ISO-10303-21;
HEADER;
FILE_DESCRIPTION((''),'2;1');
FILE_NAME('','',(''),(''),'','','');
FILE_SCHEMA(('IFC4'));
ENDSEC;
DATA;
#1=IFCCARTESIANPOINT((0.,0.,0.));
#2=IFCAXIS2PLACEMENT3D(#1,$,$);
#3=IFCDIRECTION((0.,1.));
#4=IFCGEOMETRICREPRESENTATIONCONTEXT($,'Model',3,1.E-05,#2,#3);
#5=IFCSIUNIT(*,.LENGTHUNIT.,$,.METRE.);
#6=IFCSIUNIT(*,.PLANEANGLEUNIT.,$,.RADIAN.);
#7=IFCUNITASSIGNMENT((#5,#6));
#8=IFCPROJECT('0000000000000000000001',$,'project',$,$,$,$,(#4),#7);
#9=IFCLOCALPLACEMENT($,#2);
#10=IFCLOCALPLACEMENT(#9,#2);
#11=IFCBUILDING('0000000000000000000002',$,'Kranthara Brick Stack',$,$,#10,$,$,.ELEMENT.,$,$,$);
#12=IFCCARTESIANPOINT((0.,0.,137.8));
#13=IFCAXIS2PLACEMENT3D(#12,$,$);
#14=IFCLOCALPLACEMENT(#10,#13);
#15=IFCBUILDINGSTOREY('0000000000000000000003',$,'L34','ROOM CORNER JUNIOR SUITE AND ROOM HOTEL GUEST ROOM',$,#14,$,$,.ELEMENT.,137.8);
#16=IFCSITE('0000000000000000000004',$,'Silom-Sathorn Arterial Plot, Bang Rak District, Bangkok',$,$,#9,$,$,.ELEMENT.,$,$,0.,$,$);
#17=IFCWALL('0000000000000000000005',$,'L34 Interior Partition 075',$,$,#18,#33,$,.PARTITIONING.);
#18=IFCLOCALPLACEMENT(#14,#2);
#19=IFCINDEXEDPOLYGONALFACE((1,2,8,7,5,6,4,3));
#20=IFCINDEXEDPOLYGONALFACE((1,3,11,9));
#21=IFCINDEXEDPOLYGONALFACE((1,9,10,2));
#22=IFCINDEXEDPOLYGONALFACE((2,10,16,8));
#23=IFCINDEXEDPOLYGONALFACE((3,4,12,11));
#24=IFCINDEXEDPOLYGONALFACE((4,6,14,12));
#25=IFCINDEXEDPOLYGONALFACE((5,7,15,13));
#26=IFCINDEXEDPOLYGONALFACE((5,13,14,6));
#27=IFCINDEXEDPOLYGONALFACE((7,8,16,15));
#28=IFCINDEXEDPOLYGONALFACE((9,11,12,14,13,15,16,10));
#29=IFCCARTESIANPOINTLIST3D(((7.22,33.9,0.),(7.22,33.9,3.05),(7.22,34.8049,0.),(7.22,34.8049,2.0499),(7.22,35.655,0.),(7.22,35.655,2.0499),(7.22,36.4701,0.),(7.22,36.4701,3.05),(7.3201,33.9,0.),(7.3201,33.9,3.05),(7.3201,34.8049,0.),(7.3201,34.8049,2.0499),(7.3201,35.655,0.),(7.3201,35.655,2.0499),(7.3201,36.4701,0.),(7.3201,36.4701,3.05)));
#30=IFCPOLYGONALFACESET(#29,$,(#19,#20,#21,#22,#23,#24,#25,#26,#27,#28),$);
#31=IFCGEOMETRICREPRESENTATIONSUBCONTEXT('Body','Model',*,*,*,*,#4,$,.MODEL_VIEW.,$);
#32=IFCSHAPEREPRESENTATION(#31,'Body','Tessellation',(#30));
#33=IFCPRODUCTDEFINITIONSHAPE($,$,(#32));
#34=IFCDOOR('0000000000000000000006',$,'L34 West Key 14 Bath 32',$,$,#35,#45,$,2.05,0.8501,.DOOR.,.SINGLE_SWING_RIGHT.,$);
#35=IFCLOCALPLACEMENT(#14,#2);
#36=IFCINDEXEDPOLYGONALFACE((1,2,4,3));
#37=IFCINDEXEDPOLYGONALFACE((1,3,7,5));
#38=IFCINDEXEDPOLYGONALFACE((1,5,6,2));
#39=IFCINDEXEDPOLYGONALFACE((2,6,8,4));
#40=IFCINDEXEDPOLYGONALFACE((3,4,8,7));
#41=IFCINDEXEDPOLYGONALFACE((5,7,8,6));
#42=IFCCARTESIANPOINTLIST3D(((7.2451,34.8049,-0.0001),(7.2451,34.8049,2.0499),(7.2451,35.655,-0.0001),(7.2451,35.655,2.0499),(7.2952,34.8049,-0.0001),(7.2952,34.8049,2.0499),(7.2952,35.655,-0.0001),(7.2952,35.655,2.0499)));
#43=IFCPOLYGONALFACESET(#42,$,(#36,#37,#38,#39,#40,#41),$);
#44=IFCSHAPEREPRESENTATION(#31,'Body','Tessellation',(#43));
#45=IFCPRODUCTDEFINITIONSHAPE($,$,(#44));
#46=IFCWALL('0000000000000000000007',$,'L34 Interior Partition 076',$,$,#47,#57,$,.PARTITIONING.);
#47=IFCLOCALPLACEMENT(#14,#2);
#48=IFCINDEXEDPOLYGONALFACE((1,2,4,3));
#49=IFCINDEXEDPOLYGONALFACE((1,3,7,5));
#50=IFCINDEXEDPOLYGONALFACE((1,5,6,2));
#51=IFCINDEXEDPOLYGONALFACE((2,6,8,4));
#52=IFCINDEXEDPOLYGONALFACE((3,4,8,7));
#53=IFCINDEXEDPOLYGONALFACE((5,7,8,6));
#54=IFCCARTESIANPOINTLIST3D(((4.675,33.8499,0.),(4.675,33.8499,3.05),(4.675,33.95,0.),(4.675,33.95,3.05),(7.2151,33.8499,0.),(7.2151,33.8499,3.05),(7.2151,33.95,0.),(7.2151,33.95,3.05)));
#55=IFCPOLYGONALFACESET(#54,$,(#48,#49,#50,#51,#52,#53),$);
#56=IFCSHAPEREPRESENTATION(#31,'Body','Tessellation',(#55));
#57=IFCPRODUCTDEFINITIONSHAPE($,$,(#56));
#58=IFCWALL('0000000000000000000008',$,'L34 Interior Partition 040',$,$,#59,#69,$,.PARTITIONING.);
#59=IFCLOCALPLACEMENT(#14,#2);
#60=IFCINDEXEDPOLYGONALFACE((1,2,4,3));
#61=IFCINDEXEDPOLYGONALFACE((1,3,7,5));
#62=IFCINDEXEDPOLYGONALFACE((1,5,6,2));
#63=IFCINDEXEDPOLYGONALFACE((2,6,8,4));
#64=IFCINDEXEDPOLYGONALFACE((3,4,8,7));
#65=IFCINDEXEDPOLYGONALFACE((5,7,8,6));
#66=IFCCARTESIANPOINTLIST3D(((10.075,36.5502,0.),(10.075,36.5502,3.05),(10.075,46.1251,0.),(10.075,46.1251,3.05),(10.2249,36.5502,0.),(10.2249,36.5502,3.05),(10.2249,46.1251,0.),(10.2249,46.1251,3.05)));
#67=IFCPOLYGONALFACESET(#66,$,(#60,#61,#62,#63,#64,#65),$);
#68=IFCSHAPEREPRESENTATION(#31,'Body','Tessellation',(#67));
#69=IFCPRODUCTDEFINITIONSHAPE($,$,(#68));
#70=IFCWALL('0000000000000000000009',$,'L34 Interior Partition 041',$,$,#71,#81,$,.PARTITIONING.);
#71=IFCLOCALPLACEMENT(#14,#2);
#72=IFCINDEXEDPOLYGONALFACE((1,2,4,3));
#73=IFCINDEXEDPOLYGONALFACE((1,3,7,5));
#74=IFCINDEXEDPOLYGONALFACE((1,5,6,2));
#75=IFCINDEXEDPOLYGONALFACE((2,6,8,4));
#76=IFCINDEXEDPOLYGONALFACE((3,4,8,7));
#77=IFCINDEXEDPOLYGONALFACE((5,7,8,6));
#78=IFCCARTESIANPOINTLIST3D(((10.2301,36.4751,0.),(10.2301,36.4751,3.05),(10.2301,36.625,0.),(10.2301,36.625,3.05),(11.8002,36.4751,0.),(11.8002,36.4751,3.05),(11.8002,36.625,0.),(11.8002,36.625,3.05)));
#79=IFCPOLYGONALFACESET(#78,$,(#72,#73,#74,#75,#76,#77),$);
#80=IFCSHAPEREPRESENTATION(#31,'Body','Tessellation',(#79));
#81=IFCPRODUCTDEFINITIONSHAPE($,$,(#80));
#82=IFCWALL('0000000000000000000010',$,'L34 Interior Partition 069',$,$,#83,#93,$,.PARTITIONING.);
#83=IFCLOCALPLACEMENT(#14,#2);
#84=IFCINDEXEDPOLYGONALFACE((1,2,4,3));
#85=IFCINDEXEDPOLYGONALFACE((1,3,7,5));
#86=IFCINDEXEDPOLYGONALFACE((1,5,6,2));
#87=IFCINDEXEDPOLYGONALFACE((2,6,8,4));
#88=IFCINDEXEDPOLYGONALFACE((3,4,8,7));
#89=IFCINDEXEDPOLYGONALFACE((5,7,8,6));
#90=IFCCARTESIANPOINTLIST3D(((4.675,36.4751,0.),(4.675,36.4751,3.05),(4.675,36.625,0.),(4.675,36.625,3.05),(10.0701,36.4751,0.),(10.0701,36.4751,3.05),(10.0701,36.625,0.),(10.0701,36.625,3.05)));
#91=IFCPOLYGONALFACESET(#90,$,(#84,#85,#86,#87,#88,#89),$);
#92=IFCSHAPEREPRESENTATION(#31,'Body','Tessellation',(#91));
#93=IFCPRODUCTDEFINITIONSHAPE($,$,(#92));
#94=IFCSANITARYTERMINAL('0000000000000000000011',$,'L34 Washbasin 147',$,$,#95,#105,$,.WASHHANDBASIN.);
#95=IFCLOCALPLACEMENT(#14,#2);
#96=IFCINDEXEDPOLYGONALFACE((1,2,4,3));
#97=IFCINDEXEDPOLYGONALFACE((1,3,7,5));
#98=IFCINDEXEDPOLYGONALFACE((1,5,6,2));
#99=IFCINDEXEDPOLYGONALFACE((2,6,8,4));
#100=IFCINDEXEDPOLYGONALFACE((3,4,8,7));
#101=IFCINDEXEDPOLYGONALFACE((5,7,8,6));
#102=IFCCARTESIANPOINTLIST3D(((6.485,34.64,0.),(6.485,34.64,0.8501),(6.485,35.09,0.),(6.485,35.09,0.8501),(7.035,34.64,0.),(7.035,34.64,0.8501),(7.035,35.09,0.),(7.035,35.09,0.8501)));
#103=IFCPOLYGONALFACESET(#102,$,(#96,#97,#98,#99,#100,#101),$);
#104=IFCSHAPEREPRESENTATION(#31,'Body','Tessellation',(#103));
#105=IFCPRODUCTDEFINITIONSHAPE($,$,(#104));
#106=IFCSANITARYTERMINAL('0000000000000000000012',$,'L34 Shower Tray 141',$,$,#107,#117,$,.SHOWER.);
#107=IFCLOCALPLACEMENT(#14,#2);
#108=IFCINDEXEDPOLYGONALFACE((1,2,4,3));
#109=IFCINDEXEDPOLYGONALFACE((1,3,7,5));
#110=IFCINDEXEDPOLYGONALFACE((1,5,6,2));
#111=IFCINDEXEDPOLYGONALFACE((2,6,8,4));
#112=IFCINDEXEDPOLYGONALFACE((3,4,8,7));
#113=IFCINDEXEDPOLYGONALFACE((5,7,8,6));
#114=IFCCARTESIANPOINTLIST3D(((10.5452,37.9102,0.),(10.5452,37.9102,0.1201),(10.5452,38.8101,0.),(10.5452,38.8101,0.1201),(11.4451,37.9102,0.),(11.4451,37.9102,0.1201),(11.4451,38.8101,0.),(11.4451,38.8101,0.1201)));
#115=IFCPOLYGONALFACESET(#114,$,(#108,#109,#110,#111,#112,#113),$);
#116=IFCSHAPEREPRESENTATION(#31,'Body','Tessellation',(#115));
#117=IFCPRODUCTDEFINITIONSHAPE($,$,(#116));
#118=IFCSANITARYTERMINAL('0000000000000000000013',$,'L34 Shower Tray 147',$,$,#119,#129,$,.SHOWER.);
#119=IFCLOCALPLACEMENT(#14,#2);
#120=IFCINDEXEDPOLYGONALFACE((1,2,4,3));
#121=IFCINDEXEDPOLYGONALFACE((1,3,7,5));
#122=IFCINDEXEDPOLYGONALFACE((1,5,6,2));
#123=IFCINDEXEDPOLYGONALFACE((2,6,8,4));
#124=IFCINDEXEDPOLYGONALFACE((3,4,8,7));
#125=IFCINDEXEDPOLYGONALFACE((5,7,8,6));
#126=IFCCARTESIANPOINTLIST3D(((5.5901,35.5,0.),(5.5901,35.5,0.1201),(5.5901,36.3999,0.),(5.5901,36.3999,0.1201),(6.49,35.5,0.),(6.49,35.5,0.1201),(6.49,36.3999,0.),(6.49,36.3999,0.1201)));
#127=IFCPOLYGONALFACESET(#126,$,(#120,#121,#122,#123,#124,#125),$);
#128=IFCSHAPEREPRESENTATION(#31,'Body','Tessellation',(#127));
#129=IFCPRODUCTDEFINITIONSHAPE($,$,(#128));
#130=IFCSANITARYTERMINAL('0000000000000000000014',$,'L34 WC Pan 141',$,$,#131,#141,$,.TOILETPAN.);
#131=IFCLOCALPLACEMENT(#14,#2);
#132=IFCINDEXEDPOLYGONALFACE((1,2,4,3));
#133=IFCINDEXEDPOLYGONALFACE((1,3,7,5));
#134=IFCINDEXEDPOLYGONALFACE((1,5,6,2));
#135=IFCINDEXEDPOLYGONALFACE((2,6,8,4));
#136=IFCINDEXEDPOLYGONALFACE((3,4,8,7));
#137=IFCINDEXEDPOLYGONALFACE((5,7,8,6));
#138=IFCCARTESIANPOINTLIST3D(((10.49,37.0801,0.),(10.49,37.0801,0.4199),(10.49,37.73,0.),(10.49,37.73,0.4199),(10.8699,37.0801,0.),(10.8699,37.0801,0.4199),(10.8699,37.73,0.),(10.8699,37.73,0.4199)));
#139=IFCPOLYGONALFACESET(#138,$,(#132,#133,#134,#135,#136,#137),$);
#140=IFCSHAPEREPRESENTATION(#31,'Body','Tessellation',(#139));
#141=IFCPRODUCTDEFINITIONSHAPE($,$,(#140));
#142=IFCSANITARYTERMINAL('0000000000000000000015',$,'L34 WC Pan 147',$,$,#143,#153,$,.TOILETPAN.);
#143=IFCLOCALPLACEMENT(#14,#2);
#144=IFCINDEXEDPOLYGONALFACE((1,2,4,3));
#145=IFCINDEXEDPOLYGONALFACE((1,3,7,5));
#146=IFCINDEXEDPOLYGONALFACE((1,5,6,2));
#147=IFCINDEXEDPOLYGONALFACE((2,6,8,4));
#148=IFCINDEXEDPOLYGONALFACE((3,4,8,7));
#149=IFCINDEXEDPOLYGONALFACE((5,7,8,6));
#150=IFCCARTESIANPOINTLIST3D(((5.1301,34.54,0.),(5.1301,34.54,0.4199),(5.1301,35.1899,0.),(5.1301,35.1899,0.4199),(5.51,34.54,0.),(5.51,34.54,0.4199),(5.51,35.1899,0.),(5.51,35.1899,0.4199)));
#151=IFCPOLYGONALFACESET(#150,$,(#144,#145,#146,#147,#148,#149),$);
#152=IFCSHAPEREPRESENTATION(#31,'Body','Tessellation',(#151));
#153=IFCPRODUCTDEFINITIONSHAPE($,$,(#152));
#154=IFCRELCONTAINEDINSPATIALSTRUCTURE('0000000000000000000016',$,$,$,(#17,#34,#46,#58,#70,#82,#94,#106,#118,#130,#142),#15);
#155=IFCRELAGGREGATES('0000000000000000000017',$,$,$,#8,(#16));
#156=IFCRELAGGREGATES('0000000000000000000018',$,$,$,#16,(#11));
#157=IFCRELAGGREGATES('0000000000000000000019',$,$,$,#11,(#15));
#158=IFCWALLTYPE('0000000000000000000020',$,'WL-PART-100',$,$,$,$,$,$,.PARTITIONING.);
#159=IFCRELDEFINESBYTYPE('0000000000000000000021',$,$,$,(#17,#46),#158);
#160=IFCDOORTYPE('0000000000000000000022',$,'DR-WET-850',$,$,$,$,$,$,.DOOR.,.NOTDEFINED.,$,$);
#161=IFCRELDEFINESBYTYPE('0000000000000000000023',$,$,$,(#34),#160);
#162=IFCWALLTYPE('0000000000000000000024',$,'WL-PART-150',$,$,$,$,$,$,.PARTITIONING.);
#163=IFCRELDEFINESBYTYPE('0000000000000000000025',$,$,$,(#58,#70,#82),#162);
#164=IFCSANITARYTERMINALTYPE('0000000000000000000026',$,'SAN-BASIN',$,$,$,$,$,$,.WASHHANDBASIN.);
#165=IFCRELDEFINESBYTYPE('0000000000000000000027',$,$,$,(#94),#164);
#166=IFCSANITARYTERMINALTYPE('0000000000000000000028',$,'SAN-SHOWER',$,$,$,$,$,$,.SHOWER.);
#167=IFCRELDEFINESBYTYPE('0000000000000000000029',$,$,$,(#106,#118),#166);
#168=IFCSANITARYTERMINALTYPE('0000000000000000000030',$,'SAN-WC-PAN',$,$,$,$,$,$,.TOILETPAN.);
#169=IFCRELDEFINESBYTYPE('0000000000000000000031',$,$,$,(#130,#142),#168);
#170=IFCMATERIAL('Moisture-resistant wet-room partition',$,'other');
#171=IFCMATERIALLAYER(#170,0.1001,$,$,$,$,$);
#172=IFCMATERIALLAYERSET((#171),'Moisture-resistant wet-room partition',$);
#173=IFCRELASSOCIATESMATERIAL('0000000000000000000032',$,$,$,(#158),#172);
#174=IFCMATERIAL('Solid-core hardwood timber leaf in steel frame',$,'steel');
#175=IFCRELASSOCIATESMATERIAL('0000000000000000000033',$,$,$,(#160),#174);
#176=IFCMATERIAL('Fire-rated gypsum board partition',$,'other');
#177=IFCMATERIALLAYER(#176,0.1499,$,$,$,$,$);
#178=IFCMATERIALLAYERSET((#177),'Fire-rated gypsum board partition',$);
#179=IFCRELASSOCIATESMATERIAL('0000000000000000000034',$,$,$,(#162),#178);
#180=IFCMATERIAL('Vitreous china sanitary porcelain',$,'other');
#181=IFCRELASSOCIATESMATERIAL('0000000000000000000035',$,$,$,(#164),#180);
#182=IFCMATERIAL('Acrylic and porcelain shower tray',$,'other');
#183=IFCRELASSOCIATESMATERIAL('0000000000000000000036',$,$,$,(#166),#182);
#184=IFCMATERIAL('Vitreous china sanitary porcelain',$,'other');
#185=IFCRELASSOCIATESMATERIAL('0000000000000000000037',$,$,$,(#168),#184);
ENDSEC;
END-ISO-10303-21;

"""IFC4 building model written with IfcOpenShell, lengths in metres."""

from ifc_helpers import new_model, si_unit, direction, frame, frame_2d, origin, origin_2d, place, context, subcontext, project, spatial, rectangle, extrude, material, layer, layer_set, type_object, element, fill, save


model = new_model("IFC4")

# Units and contexts
model_context = context("Model", 3, precision=1e-05, world=origin(), true_north=direction((0.0, 1.0)))
body_context = subcontext(model_context, "Body", "Model", "MODEL_VIEW")
ifc_project = project(units=[si_unit("LENGTHUNIT", "METRE"), si_unit("PLANEANGLEUNIT", "RADIAN")], contexts=[model_context])

# Site, building, storey
site_placement = place(None, origin())
site = spatial("IfcSite", under=ifc_project, at=site_placement, Name="Silom-Sathorn Arterial Plot, Bang Rak District, Bangkok", CompositionType="ELEMENT", RefElevation=0.0)
building_placement = place(site_placement, origin())
building = spatial("IfcBuilding", under=site, at=building_placement, Name="Kranthara Brick Stack", CompositionType="ELEMENT")
storey_placement = place(building_placement, frame((0.0, 0.0, 137.8)))
storey = spatial("IfcBuildingStorey", under=building, at=storey_placement, Name="L34", Description="ROOM CORNER JUNIOR SUITE AND ROOM HOTEL GUEST ROOM", CompositionType="ELEMENT", Elevation=137.8)

# Shared definitions
ifc_material_1 = material(Name="Moisture-resistant wet-room partition", Category="other")
ifc_layer_1 = layer(ifc_material_1, 0.1001)
ifc_layer_set_1 = layer_set([ifc_layer_1], Name="Moisture-resistant wet-room partition")
wall_type_1 = type_object("IfcWallType", Name="WL-PART-100", PredefinedType="PARTITIONING", material=ifc_layer_set_1)

# Wall, opening, door
wall_1_placement = place(storey_placement, frame((7.27, 33.8999, 0.0), z_axis=(0.0, 0.0, 1.0), x_axis=(0.0, 1.0, 0.0)))
wall_1 = element("IfcWall", 1, at=wall_1_placement, inside=storey, type_object=wall_type_1, Name="L34 Interior Partition 075", PredefinedType="PARTITIONING", context=body_context, shape_type="SweptSolid", body=[
    extrude(rectangle(XDim=2.5701, YDim=0.1001, at=frame_2d((1.2852, 0.0))), origin(), (0.0, 0.0, 1.0), 3.05),
])
opening_1_placement = place(wall_1_placement, frame((0.905, 0.0, 0.0)))
opening_1 = element("IfcOpeningElement", 2, at=opening_1_placement, cuts=wall_1, PredefinedType="OPENING", context=body_context, shape_type="SweptSolid", body=[
    extrude(rectangle(XDim=0.8501, YDim=2.05, at=frame_2d((0.425, 1.0249))), frame((0.0, 0.0601, 0.0), z_axis=(0.0, -1.0, 0.0), x_axis=(1.0, 0.0, 0.0)), (0.0, 0.0, 1.0), 0.1201),
])
ifc_material_2 = material(Name="Solid-core hardwood timber leaf in steel frame", Category="steel")
door_type_1 = type_object("IfcDoorType", Name="DR-WET-850", OperationType="NOTDEFINED", PredefinedType="DOOR", material=ifc_material_2)
door_1_placement = place(opening_1_placement, origin())
door_1 = element("IfcDoor", 3, at=door_1_placement, inside=storey, type_object=door_type_1, Name="L34 West Key 14 Bath 32", OperationType="SINGLE_SWING_RIGHT", OverallHeight=2.05, OverallWidth=0.8501, PredefinedType="DOOR", context=body_context, shape_type="SweptSolid", body=[
    extrude(rectangle(XDim=0.8501, YDim=2.05, at=frame_2d((0.425, 1.0249))), frame((0.0, 0.0249, 0.0), z_axis=(0.0, -1.0, 0.0), x_axis=(1.0, 0.0, 0.0)), (0.0, 0.0, 1.0), 0.05),
])
fill(opening_1, door_1)

# Walls
wall_2_placement = place(storey_placement, frame((4.675, 33.8999, 0.0), z_axis=(0.0, 0.0, 1.0), x_axis=(1.0, 0.0, 0.0)))
element("IfcWall", 4, at=wall_2_placement, inside=storey, type_object=wall_type_1, Name="L34 Interior Partition 076", PredefinedType="PARTITIONING", context=body_context, shape_type="SweptSolid", body=[
    extrude(rectangle(XDim=2.54, YDim=0.1001, at=frame_2d((1.27, 0.0))), origin(), (0.0, 0.0, 1.0), 3.05),
])
ifc_material_3 = material(Name="Fire-rated gypsum board partition", Category="other")
ifc_layer_2 = layer(ifc_material_3, 0.1499)
ifc_layer_set_2 = layer_set([ifc_layer_2], Name="Fire-rated gypsum board partition")
wall_type_2 = type_object("IfcWallType", Name="WL-PART-150", PredefinedType="PARTITIONING", material=ifc_layer_set_2)
wall_3_placement = place(storey_placement, frame((10.1499, 36.55, 0.0), z_axis=(0.0, 0.0, 1.0), x_axis=(0.0, 1.0, 0.0)))
element("IfcWall", 5, at=wall_3_placement, inside=storey, type_object=wall_type_2, Name="L34 Interior Partition 040", PredefinedType="PARTITIONING", context=body_context, shape_type="SweptSolid", body=[
    extrude(rectangle(XDim=9.575, YDim=0.1499, at=frame_2d((4.7876, 0.0))), origin(), (0.0, 0.0, 1.0), 3.05),
])
wall_4_placement = place(storey_placement, frame((10.23, 36.55, 0.0), z_axis=(0.0, 0.0, 1.0), x_axis=(1.0, 0.0, 0.0)))
element("IfcWall", 6, at=wall_4_placement, inside=storey, type_object=wall_type_2, Name="L34 Interior Partition 041", PredefinedType="PARTITIONING", context=body_context, shape_type="SweptSolid", body=[
    extrude(rectangle(XDim=1.5701, YDim=0.1499, at=frame_2d((0.7852, 0.0))), origin(), (0.0, 0.0, 1.0), 3.05),
])
wall_5_placement = place(storey_placement, frame((4.675, 36.55, 0.0), z_axis=(0.0, 0.0, 1.0), x_axis=(1.0, 0.0, 0.0)))
element("IfcWall", 7, at=wall_5_placement, inside=storey, type_object=wall_type_2, Name="L34 Interior Partition 069", PredefinedType="PARTITIONING", context=body_context, shape_type="SweptSolid", body=[
    extrude(rectangle(XDim=5.395, YDim=0.1499, at=frame_2d((2.6975, 0.0))), origin(), (0.0, 0.0, 1.0), 3.05),
])

# Sanitary terminals
ifc_material_4 = material(Name="Vitreous china sanitary porcelain", Category="other")
sanitary_terminal_type_1 = type_object("IfcSanitaryTerminalType", Name="SAN-BASIN", PredefinedType="WASHHANDBASIN", material=ifc_material_4)
sanitary_terminal_placement = place(storey_placement, frame((6.76, 34.865, 0.0), z_axis=(0.0, 0.0, 1.0), x_axis=(1.0, 0.0, 0.0)))
element("IfcSanitaryTerminal", 8, at=sanitary_terminal_placement, inside=storey, type_object=sanitary_terminal_type_1, Name="L34 Washbasin 147", PredefinedType="WASHHANDBASIN", context=body_context, shape_type="SweptSolid", body=[
    extrude(rectangle(XDim=0.55, YDim=0.45, at=origin_2d()), origin(), (0.0, 0.0, 1.0), 0.8501),
])
ifc_material_5 = material(Name="Acrylic and porcelain shower tray", Category="other")
sanitary_terminal_type_2 = type_object("IfcSanitaryTerminalType", Name="SAN-SHOWER", PredefinedType="SHOWER", material=ifc_material_5)
for number, where, z_axis, x_axis, name in (
    (9, (10.9951, 38.3601, 0.0), (0.0, 0.0, 1.0), (1.0, 0.0, 0.0), "L34 Shower Tray 141"),
    (10, (6.04, 35.95, 0.0), (0.0, 0.0, 1.0), (1.0, 0.0, 0.0), "L34 Shower Tray 147"),
):
    element("IfcSanitaryTerminal", number, at=place(storey_placement, frame(where, z_axis=z_axis, x_axis=x_axis)), inside=storey, type_object=sanitary_terminal_type_2, Name=name, PredefinedType="SHOWER", context=body_context, shape_type="SweptSolid", body=[
        extrude(rectangle(XDim=0.8999, YDim=0.8999, at=origin_2d()), origin(), (0.0, 0.0, 1.0), 0.1201),
    ])
ifc_material_6 = material(Name="Vitreous china sanitary porcelain", Category="other")
sanitary_terminal_type_3 = type_object("IfcSanitaryTerminalType", Name="SAN-WC-PAN", PredefinedType="TOILETPAN", material=ifc_material_6)
for number, where, z_axis, x_axis, name in (
    (11, (10.6799, 37.405, 0.0), (0.0, 0.0, 1.0), (1.0, 0.0, 0.0), "L34 WC Pan 141"),
    (12, (5.3201, 34.865, 0.0), (0.0, 0.0, 1.0), (1.0, 0.0, 0.0), "L34 WC Pan 147"),
):
    element("IfcSanitaryTerminal", number, at=place(storey_placement, frame(where, z_axis=z_axis, x_axis=x_axis)), inside=storey, type_object=sanitary_terminal_type_3, Name=name, PredefinedType="TOILETPAN", context=body_context, shape_type="SweptSolid", body=[
        extrude(rectangle(XDim=0.3799, YDim=0.6499, at=origin_2d()), origin(), (0.0, 0.0, 1.0), 0.4199),
    ])

save(model, "model.ifc")
